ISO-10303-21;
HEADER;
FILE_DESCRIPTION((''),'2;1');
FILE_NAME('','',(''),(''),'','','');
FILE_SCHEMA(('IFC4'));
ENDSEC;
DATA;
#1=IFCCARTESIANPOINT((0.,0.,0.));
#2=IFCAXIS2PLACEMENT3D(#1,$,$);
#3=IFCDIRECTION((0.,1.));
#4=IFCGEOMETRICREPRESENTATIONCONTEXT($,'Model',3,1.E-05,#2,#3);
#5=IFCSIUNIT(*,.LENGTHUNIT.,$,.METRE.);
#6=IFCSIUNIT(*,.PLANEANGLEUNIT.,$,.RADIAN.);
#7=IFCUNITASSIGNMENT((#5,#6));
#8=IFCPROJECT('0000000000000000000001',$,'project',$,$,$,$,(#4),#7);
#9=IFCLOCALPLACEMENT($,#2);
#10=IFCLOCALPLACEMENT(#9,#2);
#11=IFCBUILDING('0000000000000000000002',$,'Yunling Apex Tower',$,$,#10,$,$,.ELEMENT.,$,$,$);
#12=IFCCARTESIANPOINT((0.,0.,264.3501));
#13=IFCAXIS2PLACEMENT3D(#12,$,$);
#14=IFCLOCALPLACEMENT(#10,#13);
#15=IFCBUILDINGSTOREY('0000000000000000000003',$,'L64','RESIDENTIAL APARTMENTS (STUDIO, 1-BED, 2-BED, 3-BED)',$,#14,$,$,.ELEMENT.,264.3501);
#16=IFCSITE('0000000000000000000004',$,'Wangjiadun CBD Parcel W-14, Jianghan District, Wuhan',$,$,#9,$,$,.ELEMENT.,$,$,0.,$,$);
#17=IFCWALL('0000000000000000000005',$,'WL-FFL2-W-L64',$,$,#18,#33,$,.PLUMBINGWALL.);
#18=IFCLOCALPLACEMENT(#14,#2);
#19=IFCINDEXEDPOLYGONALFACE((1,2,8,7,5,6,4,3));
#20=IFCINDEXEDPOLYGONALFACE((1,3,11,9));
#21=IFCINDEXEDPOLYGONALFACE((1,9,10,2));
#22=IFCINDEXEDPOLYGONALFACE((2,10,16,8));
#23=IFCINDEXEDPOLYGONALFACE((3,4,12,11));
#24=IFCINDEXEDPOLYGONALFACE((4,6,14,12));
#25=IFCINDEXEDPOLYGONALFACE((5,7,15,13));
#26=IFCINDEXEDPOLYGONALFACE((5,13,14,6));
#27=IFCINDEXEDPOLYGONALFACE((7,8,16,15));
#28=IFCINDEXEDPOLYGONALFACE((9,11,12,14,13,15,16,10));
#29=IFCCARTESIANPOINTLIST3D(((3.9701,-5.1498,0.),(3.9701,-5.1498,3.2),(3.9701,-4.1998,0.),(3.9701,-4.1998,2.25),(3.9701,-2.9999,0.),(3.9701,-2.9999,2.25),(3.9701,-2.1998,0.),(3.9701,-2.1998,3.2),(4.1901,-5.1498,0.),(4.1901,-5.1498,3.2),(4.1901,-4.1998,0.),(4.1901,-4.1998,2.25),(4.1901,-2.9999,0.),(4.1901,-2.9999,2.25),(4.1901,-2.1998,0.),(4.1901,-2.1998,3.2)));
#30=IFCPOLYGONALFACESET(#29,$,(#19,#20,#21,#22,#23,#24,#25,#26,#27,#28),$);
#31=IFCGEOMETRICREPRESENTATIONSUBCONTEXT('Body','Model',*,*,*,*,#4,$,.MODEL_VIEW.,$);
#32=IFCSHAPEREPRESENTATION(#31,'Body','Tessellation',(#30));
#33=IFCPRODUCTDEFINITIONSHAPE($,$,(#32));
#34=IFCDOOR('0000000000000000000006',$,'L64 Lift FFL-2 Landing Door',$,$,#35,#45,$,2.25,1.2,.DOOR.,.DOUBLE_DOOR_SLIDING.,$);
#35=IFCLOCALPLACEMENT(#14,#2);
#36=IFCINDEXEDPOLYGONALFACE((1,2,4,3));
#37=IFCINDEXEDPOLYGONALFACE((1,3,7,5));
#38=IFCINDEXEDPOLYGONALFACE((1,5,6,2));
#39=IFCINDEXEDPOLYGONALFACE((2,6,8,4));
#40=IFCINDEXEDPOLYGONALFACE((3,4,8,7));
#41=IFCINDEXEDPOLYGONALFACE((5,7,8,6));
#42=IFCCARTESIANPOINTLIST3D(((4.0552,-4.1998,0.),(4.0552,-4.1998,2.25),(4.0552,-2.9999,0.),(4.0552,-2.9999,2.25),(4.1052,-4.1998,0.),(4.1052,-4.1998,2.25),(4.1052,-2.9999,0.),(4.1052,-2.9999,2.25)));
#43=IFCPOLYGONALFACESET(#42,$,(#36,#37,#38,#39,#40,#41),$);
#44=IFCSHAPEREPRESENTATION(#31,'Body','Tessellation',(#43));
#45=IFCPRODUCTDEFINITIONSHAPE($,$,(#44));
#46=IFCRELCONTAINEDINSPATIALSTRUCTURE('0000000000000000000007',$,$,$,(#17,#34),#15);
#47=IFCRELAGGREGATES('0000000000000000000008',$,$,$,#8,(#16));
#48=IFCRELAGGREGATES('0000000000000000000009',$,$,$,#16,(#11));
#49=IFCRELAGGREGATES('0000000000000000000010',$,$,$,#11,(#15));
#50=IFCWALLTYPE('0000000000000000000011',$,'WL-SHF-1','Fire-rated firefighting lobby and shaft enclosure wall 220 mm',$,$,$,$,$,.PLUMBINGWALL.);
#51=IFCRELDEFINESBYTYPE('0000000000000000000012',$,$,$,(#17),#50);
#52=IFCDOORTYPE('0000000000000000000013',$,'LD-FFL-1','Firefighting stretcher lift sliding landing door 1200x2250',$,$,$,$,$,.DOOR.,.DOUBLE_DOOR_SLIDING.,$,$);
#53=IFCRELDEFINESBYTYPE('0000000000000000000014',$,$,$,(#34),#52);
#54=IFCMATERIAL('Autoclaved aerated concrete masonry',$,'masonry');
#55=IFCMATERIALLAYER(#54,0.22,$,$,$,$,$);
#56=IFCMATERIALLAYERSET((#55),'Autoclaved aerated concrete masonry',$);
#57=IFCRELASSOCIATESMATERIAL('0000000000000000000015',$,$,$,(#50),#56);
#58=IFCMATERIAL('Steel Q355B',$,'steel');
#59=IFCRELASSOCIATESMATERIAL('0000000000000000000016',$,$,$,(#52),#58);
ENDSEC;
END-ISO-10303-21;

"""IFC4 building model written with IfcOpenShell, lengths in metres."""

from ifc_helpers import new_model, si_unit, direction, frame, frame_2d, origin, place, context, subcontext, project, spatial, rectangle, extrude, material, layer, layer_set, type_object, element, fill, save


model = new_model("IFC4")

# Units and contexts
model_context = context("Model", 3, precision=1e-05, world=origin(), true_north=direction((0.0, 1.0)))
body_context = subcontext(model_context, "Body", "Model", "MODEL_VIEW")
ifc_project = project(units=[si_unit("LENGTHUNIT", "METRE"), si_unit("PLANEANGLEUNIT", "RADIAN")], contexts=[model_context])

# Site, building, storey
site_placement = place(None, origin())
site = spatial("IfcSite", under=ifc_project, at=site_placement, Name="Wangjiadun CBD Parcel W-14, Jianghan District, Wuhan", CompositionType="ELEMENT", RefElevation=0.0)
building_placement = place(site_placement, origin())
building = spatial("IfcBuilding", under=site, at=building_placement, Name="Yunling Apex Tower", CompositionType="ELEMENT")
storey_placement = place(building_placement, frame((0.0, 0.0, 264.3501)))
storey = spatial("IfcBuildingStorey", under=building, at=storey_placement, Name="L64", Description="RESIDENTIAL APARTMENTS (STUDIO, 1-BED, 2-BED, 3-BED)", CompositionType="ELEMENT", Elevation=264.3501)

# Shared definitions
ifc_material_1 = material(Name="Steel Q355B", Category="steel")

# Wall, opening, door
ifc_material_2 = material(Name="Autoclaved aerated concrete masonry", Category="masonry")
ifc_layer_1 = layer(ifc_material_2, 0.22)
ifc_layer_set_1 = layer_set([ifc_layer_1], Name="Autoclaved aerated concrete masonry")
wall_type_1 = type_object("IfcWallType", Name="WL-SHF-1", Description="Fire-rated firefighting lobby and shaft enclosure wall 220 mm", PredefinedType="PLUMBINGWALL", material=ifc_layer_set_1)
wall_1_placement = place(storey_placement, frame((4.0801, -5.1499, 0.0), z_axis=(0.0, 0.0, 1.0), x_axis=(0.0, 1.0, 0.0)))
wall_1 = element("IfcWall", 1, at=wall_1_placement, inside=storey, type_object=wall_type_1, Name="WL-FFL2-W-L64", PredefinedType="PLUMBINGWALL", context=body_context, shape_type="SweptSolid", body=[
    extrude(rectangle(XDim=2.95, YDim=0.22, at=frame_2d((1.4751, 0.0))), origin(), (0.0, 0.0, 1.0), 3.2),
])
opening_1_placement = place(wall_1_placement, frame((0.95, 0.0, 0.0)))
opening_1 = element("IfcOpeningElement", 2, at=opening_1_placement, cuts=wall_1, PredefinedType="OPENING", context=body_context, shape_type="SweptSolid", body=[
    extrude(rectangle(XDim=1.2, YDim=2.25, at=frame_2d((0.6001, 1.125))), frame((0.0, 0.1201, 0.0), z_axis=(0.0, -1.0, 0.0), x_axis=(1.0, 0.0, 0.0)), (0.0, 0.0, 1.0), 0.24),
])
door_type_1 = type_object("IfcDoorType", Name="LD-FFL-1", Description="Firefighting stretcher lift sliding landing door 1200x2250", OperationType="DOUBLE_DOOR_SLIDING", PredefinedType="DOOR", material=ifc_material_1)
door_1_placement = place(opening_1_placement, origin())
door_1 = element("IfcDoor", 3, at=door_1_placement, inside=storey, type_object=door_type_1, Name="L64 Lift FFL-2 Landing Door", OperationType="DOUBLE_DOOR_SLIDING", OverallHeight=2.25, OverallWidth=1.2, PredefinedType="DOOR", context=body_context, shape_type="SweptSolid", body=[
    extrude(rectangle(XDim=1.2, YDim=2.25, at=frame_2d((0.6001, 1.125))), frame((0.0, 0.0249, 0.0), z_axis=(0.0, -1.0, 0.0), x_axis=(1.0, 0.0, 0.0)), (0.0, 0.0, 1.0), 0.05),
])
fill(opening_1, door_1)

save(model, "model.ifc")
